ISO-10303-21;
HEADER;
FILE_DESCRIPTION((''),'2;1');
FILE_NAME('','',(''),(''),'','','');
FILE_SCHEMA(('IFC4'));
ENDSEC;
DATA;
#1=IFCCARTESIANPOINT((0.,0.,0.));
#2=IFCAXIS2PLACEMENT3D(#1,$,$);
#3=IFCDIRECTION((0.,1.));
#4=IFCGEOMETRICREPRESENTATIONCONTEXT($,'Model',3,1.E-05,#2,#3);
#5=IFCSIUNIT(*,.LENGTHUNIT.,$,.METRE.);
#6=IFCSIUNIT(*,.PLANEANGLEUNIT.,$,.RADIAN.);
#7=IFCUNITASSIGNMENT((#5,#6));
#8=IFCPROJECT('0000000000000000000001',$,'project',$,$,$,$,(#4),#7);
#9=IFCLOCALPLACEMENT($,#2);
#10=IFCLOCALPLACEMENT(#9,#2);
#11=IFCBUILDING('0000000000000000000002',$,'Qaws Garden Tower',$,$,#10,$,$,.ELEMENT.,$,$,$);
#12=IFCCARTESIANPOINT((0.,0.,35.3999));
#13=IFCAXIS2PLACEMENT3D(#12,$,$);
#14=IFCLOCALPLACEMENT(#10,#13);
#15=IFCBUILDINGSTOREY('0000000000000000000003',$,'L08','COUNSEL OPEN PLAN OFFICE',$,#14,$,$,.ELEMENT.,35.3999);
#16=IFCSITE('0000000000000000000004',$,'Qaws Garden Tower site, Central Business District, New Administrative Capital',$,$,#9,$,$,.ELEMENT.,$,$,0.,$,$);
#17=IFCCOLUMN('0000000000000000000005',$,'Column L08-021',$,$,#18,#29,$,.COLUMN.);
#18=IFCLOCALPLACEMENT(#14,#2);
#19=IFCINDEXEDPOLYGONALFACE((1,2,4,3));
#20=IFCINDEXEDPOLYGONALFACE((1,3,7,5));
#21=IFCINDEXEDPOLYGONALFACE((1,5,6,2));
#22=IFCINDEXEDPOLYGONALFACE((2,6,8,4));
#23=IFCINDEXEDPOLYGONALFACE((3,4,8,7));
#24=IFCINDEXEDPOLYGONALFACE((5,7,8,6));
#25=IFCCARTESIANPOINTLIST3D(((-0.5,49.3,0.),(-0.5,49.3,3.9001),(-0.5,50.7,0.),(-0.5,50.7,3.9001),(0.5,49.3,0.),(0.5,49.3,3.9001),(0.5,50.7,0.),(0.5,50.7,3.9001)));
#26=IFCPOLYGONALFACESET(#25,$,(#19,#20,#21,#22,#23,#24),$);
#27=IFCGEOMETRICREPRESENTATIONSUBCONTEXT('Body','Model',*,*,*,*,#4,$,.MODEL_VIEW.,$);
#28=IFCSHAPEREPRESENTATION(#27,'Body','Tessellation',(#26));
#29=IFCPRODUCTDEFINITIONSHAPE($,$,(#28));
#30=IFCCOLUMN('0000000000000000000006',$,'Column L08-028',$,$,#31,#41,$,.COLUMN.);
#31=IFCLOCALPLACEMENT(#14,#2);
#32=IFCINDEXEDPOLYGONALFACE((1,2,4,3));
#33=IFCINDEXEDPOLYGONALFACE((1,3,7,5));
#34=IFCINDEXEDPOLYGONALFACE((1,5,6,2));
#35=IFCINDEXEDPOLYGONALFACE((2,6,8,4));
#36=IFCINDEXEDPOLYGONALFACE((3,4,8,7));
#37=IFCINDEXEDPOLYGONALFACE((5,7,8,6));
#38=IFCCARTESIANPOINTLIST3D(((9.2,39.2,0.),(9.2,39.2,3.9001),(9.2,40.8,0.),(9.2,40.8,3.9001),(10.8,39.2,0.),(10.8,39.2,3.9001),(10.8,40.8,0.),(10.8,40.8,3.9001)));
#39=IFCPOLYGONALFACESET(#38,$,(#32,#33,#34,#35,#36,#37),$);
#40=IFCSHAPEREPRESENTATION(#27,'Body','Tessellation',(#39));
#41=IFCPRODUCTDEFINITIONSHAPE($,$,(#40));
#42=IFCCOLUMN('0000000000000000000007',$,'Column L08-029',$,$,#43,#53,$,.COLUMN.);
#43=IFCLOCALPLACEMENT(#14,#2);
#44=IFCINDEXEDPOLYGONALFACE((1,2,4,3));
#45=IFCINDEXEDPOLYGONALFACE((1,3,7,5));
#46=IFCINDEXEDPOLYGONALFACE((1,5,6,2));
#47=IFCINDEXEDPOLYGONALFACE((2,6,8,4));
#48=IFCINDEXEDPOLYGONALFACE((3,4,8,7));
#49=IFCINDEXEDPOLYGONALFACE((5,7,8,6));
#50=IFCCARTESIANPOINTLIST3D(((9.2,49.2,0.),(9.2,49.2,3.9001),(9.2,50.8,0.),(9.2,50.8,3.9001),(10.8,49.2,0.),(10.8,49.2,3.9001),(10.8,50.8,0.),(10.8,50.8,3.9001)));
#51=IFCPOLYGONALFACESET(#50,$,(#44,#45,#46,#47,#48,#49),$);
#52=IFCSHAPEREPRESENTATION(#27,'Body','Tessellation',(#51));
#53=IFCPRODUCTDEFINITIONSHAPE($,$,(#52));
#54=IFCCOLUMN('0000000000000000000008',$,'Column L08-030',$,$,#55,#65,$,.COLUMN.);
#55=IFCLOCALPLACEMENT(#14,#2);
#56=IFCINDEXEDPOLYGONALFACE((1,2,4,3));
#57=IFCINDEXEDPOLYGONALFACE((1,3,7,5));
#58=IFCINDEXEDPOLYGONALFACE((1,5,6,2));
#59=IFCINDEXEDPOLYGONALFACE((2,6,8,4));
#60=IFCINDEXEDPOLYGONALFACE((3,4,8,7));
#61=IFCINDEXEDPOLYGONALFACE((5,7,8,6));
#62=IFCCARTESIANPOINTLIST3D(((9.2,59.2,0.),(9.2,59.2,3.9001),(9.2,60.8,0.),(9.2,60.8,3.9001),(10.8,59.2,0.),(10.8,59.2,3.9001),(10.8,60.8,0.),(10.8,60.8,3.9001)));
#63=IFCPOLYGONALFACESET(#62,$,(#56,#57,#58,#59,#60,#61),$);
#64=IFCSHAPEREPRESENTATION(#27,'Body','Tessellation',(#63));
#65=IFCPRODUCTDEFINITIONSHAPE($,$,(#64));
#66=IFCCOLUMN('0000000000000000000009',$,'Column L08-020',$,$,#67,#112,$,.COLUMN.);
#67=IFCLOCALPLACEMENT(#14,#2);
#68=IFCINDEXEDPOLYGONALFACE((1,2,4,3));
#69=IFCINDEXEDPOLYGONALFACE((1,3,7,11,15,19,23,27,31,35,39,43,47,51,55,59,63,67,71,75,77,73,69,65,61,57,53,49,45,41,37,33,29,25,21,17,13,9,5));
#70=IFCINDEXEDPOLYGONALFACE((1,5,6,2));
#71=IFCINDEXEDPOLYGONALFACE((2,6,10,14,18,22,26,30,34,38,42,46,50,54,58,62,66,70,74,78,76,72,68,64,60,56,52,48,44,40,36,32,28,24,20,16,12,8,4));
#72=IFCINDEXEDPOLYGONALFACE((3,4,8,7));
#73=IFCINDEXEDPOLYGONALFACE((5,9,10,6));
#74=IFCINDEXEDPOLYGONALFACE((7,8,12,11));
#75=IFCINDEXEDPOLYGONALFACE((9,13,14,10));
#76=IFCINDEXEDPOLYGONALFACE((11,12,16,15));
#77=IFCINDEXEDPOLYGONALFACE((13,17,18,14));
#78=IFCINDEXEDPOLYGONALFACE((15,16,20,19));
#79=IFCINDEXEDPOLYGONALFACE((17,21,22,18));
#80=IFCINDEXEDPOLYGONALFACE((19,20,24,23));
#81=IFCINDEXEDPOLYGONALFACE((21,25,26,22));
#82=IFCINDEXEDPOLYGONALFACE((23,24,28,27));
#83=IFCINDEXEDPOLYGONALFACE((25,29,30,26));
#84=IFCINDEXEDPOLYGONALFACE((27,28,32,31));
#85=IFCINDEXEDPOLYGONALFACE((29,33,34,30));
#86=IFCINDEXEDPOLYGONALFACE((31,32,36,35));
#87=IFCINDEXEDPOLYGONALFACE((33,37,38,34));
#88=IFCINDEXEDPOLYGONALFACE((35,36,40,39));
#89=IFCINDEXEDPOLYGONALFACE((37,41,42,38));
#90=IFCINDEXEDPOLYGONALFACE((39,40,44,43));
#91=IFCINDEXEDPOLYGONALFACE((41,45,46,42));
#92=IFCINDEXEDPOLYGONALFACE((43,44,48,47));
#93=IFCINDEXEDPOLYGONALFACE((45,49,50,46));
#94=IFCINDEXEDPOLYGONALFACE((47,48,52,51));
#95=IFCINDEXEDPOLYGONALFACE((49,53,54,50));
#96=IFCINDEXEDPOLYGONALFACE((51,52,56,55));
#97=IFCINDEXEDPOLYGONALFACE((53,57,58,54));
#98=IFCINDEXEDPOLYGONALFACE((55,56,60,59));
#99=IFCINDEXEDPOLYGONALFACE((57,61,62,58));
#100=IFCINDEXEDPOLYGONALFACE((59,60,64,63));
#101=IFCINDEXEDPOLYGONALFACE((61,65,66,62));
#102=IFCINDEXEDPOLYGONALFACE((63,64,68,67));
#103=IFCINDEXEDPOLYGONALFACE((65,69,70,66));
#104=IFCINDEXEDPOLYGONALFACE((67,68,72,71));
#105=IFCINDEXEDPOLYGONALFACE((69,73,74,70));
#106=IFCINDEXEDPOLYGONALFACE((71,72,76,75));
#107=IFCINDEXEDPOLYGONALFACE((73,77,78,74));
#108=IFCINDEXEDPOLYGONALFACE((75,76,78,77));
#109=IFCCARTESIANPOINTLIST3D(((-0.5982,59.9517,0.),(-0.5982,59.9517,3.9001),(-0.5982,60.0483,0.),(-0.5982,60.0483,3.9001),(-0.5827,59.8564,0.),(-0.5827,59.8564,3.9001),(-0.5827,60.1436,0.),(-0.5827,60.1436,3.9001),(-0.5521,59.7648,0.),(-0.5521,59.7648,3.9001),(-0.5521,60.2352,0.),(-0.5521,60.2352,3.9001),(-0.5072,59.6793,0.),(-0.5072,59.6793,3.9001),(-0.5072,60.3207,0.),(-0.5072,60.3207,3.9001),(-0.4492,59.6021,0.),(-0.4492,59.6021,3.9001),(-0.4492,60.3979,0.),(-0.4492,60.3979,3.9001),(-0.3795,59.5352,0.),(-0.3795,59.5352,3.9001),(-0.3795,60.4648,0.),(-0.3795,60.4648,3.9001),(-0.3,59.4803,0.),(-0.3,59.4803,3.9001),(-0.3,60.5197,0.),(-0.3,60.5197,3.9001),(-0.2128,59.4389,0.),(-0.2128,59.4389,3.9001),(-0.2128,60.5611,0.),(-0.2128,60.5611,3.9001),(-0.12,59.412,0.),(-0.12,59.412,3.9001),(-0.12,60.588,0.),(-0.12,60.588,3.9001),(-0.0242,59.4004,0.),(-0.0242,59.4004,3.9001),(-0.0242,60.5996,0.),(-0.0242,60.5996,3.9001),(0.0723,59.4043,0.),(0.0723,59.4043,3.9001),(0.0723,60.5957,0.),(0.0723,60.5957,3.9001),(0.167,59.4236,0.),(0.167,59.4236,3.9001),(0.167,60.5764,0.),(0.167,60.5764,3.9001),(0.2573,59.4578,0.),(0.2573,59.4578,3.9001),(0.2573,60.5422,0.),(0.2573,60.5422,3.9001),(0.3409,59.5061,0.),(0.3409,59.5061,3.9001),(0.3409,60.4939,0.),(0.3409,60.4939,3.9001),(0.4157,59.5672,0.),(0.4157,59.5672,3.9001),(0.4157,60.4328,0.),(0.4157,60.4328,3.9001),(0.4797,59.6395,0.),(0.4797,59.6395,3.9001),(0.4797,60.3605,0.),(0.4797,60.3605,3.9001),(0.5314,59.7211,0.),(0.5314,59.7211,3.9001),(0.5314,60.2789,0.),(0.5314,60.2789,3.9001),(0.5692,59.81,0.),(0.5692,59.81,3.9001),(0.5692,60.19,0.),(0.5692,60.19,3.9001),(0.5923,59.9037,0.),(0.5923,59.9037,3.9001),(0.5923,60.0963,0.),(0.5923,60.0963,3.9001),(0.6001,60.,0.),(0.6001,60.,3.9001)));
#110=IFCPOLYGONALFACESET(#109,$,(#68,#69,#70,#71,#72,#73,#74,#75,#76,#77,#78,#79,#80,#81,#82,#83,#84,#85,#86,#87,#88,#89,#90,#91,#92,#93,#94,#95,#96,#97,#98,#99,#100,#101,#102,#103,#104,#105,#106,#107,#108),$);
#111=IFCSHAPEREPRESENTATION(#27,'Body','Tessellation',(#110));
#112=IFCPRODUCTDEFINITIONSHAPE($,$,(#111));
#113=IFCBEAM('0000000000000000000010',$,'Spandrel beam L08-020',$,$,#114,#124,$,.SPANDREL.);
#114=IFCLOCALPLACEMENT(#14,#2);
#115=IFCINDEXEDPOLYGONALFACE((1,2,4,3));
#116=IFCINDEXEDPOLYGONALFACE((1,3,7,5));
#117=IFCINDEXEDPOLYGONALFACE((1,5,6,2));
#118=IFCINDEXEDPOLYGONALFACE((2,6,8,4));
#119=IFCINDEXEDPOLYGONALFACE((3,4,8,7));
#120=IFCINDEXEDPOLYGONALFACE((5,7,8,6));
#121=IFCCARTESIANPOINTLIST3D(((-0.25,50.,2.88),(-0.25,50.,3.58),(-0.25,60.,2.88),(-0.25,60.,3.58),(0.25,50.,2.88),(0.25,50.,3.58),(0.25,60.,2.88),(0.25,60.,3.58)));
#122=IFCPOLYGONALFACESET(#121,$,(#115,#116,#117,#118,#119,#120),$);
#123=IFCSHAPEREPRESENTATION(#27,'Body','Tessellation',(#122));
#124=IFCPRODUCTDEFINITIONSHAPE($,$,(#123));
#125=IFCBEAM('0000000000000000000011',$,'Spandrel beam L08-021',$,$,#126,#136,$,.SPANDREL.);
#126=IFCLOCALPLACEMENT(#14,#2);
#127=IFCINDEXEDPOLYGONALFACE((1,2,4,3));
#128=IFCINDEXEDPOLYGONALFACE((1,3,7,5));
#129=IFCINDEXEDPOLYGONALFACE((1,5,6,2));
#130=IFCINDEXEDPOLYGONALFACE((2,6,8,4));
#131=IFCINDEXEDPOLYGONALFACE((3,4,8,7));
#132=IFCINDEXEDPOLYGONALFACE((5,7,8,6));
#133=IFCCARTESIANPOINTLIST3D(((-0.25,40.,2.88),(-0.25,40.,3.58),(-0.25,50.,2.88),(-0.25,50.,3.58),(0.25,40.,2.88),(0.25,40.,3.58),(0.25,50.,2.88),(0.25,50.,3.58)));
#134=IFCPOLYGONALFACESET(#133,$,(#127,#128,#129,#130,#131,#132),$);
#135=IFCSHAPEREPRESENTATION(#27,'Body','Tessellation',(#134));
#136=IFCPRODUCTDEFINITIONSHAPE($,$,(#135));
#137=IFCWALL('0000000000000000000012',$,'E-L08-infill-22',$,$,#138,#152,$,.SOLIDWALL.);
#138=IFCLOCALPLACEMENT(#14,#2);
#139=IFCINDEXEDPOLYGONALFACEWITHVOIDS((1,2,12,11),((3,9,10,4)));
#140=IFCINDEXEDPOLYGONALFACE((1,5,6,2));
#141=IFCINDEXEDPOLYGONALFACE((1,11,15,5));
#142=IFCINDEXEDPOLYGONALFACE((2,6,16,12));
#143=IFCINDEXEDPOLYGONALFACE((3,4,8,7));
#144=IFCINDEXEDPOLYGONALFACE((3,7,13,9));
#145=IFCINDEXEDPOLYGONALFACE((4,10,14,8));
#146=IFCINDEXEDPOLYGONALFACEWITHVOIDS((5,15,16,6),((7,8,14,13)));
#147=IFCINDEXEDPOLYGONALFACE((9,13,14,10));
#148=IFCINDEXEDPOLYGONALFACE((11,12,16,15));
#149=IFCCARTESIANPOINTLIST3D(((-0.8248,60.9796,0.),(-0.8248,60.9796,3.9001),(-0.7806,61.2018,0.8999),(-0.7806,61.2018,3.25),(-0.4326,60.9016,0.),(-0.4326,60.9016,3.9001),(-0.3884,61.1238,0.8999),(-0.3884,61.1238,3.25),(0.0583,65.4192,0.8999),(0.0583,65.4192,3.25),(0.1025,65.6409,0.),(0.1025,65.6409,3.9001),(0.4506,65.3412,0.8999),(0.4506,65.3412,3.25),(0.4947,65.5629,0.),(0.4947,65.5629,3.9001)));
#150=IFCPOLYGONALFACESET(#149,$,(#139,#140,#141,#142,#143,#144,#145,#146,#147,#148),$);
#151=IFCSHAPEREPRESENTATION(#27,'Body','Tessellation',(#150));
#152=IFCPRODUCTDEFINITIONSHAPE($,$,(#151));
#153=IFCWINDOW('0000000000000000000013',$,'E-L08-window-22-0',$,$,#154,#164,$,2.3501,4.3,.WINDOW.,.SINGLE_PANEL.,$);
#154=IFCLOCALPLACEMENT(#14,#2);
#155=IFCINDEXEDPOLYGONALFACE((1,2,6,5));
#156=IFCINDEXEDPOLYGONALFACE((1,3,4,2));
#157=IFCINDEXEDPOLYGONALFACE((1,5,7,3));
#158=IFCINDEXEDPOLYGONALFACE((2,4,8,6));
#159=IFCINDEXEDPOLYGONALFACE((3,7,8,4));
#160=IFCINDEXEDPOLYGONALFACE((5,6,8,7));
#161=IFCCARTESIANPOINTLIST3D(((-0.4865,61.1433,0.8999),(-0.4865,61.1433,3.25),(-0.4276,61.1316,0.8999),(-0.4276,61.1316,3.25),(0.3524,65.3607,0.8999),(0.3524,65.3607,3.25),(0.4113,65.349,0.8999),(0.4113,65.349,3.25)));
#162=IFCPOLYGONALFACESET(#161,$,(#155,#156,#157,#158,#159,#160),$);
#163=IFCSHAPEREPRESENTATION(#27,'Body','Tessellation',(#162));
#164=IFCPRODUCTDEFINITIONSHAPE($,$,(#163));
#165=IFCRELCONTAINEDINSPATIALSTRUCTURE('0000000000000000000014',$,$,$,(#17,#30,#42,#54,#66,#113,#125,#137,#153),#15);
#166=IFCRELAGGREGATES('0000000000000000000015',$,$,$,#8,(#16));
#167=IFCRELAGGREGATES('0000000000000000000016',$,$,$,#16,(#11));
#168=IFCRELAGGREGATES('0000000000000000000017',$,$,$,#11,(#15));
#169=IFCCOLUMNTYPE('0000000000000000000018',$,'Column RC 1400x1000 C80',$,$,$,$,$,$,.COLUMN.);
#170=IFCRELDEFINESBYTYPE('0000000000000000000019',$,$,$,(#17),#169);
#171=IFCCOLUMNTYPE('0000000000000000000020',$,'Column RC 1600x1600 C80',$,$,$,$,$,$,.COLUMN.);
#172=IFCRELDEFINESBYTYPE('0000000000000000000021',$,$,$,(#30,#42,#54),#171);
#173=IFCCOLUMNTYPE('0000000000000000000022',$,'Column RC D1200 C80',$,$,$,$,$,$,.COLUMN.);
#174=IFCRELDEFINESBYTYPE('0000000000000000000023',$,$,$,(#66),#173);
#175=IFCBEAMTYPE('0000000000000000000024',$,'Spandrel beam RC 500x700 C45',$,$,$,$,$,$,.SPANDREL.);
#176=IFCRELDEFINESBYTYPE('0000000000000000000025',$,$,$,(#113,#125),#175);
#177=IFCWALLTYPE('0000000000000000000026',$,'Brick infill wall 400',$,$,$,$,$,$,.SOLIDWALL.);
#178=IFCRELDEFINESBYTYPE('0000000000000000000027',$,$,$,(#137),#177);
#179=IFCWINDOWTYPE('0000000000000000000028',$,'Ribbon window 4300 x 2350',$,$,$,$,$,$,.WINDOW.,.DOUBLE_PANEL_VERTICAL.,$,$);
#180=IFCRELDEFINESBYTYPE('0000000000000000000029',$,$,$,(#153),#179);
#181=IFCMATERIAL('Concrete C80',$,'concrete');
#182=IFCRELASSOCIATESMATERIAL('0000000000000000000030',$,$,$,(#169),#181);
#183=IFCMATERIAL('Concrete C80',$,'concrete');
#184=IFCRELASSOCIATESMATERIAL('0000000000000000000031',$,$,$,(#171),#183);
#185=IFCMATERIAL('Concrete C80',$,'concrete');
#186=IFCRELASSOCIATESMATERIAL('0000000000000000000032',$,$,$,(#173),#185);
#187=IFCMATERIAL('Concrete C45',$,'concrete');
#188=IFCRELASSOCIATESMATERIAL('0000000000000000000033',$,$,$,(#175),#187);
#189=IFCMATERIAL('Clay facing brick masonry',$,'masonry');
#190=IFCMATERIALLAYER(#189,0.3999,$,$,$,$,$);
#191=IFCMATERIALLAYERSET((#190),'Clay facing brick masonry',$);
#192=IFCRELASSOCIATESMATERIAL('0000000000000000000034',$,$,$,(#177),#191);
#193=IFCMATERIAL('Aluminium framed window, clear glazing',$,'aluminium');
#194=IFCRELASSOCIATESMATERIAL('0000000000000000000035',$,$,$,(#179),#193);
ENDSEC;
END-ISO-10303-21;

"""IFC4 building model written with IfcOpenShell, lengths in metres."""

from ifc_helpers import new_model, si_unit, direction, frame, frame_2d, origin, origin_2d, place, context, subcontext, project, spatial, rectangle, circle, extrude, material, layer, layer_set, material_profile, profile_set, type_object, element, fill, save


model = new_model("IFC4")

# Units and contexts
model_context = context("Model", 3, precision=1e-05, world=origin(), true_north=direction((0.0, 1.0)))
body_context = subcontext(model_context, "Body", "Model", "MODEL_VIEW")
ifc_project = project(units=[si_unit("LENGTHUNIT", "METRE"), si_unit("PLANEANGLEUNIT", "RADIAN")], contexts=[model_context])

# Site, building, storey
site_placement = place(None, origin())
site = spatial("IfcSite", under=ifc_project, at=site_placement, Name="Qaws Garden Tower site, Central Business District, New Administrative Capital", CompositionType="ELEMENT", RefElevation=0.0)
building_placement = place(site_placement, origin())
building = spatial("IfcBuilding", under=site, at=building_placement, Name="Qaws Garden Tower", CompositionType="ELEMENT")
storey_placement = place(building_placement, frame((0.0, 0.0, 35.3999)))
storey = spatial("IfcBuildingStorey", under=building, at=storey_placement, Name="L08", Description="COUNSEL OPEN PLAN OFFICE", CompositionType="ELEMENT", Elevation=35.3999)

# Columns
ifc_material_1 = material(Name="Concrete C80", Category="concrete")
ifc_material_profile_1 = material_profile(ifc_material_1, rectangle(XDim=1.3999, YDim=1.0, at=origin_2d()), Name="RC 1400x1000")
ifc_profile_set_1 = profile_set([ifc_material_profile_1], Name="Concrete C80")
column_type_1 = type_object("IfcColumnType", Name="Column RC 1400x1000 C80", PredefinedType="COLUMN", material=ifc_profile_set_1)
column_1_placement = place(storey_placement, frame((0.0, 50.0, 0.0), z_axis=(0.0, 0.0, 1.0), x_axis=(0.0, 1.0, 0.0)))
element("IfcColumn", 1, at=column_1_placement, inside=storey, type_object=column_type_1, Name="Column L08-021", PredefinedType="COLUMN", context=body_context, shape_type="SweptSolid", body=[
    extrude(rectangle(XDim=1.3999, YDim=1.0, at=origin_2d()), origin(), (0.0, 0.0, 1.0), 3.9001),
])
ifc_material_2 = material(Name="Concrete C80", Category="concrete")
ifc_material_profile_2 = material_profile(ifc_material_2, rectangle(XDim=1.6001, YDim=1.6001, at=origin_2d()), Name="RC 1600x1600")
ifc_profile_set_2 = profile_set([ifc_material_profile_2], Name="Concrete C80")
column_type_2 = type_object("IfcColumnType", Name="Column RC 1600x1600 C80", PredefinedType="COLUMN", material=ifc_profile_set_2)
for number, where, z_axis, x_axis, name in (
    (2, (10.0, 40.0, 0.0), (0.0, 0.0, 1.0), (1.0, 0.0, 0.0), "Column L08-028"),
    (3, (10.0, 50.0, 0.0), (0.0, 0.0, 1.0), (1.0, 0.0, 0.0), "Column L08-029"),
    (4, (10.0, 60.0, 0.0), (0.0, 0.0, 1.0), (1.0, 0.0, 0.0), "Column L08-030"),
):
    element("IfcColumn", number, at=place(storey_placement, frame(where, z_axis=z_axis, x_axis=x_axis)), inside=storey, type_object=column_type_2, Name=name, PredefinedType="COLUMN", context=body_context, shape_type="SweptSolid", body=[
        extrude(rectangle(XDim=1.6001, YDim=1.6001, at=origin_2d()), origin(), (0.0, 0.0, 1.0), 3.9001),
    ])
ifc_material_3 = material(Name="Concrete C80", Category="concrete")
ifc_material_profile_3 = material_profile(ifc_material_3, circle(Radius=0.6001, at=origin_2d()), Name="RC D1200")
ifc_profile_set_3 = profile_set([ifc_material_profile_3], Name="Concrete C80")
column_type_3 = type_object("IfcColumnType", Name="Column RC D1200 C80", PredefinedType="COLUMN", material=ifc_profile_set_3)
column_2_placement = place(storey_placement, frame((0.0, 60.0, 0.0), z_axis=(0.0, 0.0, 1.0), x_axis=(1.0, 0.0, 0.0)))
element("IfcColumn", 5, at=column_2_placement, inside=storey, type_object=column_type_3, Name="Column L08-020", PredefinedType="COLUMN", context=body_context, shape_type="SweptSolid", body=[
    extrude(circle(Radius=0.6001, at=origin_2d()), origin(), (0.0, 0.0, 1.0), 3.9001),
])

# Beams
ifc_material_4 = material(Name="Concrete C45", Category="concrete")
ifc_material_profile_4 = material_profile(ifc_material_4, rectangle(XDim=0.5, YDim=0.7, at=origin_2d()), Name="RC 500x700")
ifc_profile_set_4 = profile_set([ifc_material_profile_4], Name="Concrete C45")
beam_type = type_object("IfcBeamType", Name="Spandrel beam RC 500x700 C45", PredefinedType="SPANDREL", material=ifc_profile_set_4)
for number, where, z_axis, x_axis, name in (
    (6, (0.0, 60.0, 3.23), (0.0, -1.0, 0.0), (1.0, 0.0, 0.0), "Spandrel beam L08-020"),
    (7, (0.0, 50.0, 3.23), (0.0, -1.0, 0.0), (1.0, 0.0, 0.0), "Spandrel beam L08-021"),
):
    element("IfcBeam", number, at=place(storey_placement, frame(where, z_axis=z_axis, x_axis=x_axis)), inside=storey, type_object=beam_type, Name=name, PredefinedType="SPANDREL", context=body_context, shape_type="SweptSolid", body=[
        extrude(rectangle(XDim=0.5, YDim=0.7, at=origin_2d()), origin(), (0.0, 0.0, 1.0), 10.0),
    ])

# Wall, opening, window
ifc_material_5 = material(Name="Clay facing brick masonry", Category="masonry")
ifc_layer_1 = layer(ifc_material_5, 0.3999)
ifc_layer_set_1 = layer_set([ifc_layer_1], Name="Clay facing brick masonry")
wall_type_1 = type_object("IfcWallType", Name="Brick infill wall 400", PredefinedType="SOLIDWALL", material=ifc_layer_set_1)
wall_1_placement = place(storey_placement, frame((0.2986, 65.6021, 0.0), z_axis=(0.0, 0.0, 1.0), x_axis=(-0.195099, -0.980784, 0.0)))
wall_1 = element("IfcWall", 8, at=wall_1_placement, inside=storey, type_object=wall_type_1, Name="E-L08-infill-22", PredefinedType="SOLIDWALL", context=body_context, shape_type="SweptSolid", body=[
    extrude(rectangle(XDim=4.7527, YDim=0.3999, at=frame_2d((2.3765, 0.0))), origin(), (0.0, 0.0, 1.0), 3.9001),
])
opening_1_placement = place(wall_1_placement, frame((0.2263, 0.0, 0.8999)))
opening_1 = element("IfcOpeningElement", 9, at=opening_1_placement, cuts=wall_1, PredefinedType="OPENING", context=body_context, shape_type="SweptSolid", body=[
    extrude(rectangle(XDim=4.3, YDim=2.3501, at=frame_2d((2.1499, 1.175))), frame((0.0, 0.21, 0.0), z_axis=(0.0, -1.0, 0.0), x_axis=(1.0, 0.0, 0.0)), (0.0, 0.0, 1.0), 0.4199),
])
ifc_material_6 = material(Name="Aluminium framed window, clear glazing", Category="aluminium")
window_type_1 = type_object("IfcWindowType", Name="Ribbon window 4300 x 2350", PartitioningType="DOUBLE_PANEL_VERTICAL", PredefinedType="WINDOW", material=ifc_material_6)
window_1_placement = place(opening_1_placement, origin())
window_1 = element("IfcWindow", 10, at=window_1_placement, inside=storey, type_object=window_type_1, Name="E-L08-window-22-0", OverallHeight=2.3501, OverallWidth=4.3, PartitioningType="SINGLE_PANEL", PredefinedType="WINDOW", context=body_context, shape_type="SweptSolid", body=[
    extrude(rectangle(XDim=4.3, YDim=2.3501, at=frame_2d((2.1499, 1.175))), frame((0.0, 0.1599, 0.0), z_axis=(0.0, -1.0, 0.0), x_axis=(1.0, 0.0, 0.0)), (0.0, 0.0, 1.0), 0.0601),
])
fill(opening_1, window_1)

save(model, "model.ifc")
